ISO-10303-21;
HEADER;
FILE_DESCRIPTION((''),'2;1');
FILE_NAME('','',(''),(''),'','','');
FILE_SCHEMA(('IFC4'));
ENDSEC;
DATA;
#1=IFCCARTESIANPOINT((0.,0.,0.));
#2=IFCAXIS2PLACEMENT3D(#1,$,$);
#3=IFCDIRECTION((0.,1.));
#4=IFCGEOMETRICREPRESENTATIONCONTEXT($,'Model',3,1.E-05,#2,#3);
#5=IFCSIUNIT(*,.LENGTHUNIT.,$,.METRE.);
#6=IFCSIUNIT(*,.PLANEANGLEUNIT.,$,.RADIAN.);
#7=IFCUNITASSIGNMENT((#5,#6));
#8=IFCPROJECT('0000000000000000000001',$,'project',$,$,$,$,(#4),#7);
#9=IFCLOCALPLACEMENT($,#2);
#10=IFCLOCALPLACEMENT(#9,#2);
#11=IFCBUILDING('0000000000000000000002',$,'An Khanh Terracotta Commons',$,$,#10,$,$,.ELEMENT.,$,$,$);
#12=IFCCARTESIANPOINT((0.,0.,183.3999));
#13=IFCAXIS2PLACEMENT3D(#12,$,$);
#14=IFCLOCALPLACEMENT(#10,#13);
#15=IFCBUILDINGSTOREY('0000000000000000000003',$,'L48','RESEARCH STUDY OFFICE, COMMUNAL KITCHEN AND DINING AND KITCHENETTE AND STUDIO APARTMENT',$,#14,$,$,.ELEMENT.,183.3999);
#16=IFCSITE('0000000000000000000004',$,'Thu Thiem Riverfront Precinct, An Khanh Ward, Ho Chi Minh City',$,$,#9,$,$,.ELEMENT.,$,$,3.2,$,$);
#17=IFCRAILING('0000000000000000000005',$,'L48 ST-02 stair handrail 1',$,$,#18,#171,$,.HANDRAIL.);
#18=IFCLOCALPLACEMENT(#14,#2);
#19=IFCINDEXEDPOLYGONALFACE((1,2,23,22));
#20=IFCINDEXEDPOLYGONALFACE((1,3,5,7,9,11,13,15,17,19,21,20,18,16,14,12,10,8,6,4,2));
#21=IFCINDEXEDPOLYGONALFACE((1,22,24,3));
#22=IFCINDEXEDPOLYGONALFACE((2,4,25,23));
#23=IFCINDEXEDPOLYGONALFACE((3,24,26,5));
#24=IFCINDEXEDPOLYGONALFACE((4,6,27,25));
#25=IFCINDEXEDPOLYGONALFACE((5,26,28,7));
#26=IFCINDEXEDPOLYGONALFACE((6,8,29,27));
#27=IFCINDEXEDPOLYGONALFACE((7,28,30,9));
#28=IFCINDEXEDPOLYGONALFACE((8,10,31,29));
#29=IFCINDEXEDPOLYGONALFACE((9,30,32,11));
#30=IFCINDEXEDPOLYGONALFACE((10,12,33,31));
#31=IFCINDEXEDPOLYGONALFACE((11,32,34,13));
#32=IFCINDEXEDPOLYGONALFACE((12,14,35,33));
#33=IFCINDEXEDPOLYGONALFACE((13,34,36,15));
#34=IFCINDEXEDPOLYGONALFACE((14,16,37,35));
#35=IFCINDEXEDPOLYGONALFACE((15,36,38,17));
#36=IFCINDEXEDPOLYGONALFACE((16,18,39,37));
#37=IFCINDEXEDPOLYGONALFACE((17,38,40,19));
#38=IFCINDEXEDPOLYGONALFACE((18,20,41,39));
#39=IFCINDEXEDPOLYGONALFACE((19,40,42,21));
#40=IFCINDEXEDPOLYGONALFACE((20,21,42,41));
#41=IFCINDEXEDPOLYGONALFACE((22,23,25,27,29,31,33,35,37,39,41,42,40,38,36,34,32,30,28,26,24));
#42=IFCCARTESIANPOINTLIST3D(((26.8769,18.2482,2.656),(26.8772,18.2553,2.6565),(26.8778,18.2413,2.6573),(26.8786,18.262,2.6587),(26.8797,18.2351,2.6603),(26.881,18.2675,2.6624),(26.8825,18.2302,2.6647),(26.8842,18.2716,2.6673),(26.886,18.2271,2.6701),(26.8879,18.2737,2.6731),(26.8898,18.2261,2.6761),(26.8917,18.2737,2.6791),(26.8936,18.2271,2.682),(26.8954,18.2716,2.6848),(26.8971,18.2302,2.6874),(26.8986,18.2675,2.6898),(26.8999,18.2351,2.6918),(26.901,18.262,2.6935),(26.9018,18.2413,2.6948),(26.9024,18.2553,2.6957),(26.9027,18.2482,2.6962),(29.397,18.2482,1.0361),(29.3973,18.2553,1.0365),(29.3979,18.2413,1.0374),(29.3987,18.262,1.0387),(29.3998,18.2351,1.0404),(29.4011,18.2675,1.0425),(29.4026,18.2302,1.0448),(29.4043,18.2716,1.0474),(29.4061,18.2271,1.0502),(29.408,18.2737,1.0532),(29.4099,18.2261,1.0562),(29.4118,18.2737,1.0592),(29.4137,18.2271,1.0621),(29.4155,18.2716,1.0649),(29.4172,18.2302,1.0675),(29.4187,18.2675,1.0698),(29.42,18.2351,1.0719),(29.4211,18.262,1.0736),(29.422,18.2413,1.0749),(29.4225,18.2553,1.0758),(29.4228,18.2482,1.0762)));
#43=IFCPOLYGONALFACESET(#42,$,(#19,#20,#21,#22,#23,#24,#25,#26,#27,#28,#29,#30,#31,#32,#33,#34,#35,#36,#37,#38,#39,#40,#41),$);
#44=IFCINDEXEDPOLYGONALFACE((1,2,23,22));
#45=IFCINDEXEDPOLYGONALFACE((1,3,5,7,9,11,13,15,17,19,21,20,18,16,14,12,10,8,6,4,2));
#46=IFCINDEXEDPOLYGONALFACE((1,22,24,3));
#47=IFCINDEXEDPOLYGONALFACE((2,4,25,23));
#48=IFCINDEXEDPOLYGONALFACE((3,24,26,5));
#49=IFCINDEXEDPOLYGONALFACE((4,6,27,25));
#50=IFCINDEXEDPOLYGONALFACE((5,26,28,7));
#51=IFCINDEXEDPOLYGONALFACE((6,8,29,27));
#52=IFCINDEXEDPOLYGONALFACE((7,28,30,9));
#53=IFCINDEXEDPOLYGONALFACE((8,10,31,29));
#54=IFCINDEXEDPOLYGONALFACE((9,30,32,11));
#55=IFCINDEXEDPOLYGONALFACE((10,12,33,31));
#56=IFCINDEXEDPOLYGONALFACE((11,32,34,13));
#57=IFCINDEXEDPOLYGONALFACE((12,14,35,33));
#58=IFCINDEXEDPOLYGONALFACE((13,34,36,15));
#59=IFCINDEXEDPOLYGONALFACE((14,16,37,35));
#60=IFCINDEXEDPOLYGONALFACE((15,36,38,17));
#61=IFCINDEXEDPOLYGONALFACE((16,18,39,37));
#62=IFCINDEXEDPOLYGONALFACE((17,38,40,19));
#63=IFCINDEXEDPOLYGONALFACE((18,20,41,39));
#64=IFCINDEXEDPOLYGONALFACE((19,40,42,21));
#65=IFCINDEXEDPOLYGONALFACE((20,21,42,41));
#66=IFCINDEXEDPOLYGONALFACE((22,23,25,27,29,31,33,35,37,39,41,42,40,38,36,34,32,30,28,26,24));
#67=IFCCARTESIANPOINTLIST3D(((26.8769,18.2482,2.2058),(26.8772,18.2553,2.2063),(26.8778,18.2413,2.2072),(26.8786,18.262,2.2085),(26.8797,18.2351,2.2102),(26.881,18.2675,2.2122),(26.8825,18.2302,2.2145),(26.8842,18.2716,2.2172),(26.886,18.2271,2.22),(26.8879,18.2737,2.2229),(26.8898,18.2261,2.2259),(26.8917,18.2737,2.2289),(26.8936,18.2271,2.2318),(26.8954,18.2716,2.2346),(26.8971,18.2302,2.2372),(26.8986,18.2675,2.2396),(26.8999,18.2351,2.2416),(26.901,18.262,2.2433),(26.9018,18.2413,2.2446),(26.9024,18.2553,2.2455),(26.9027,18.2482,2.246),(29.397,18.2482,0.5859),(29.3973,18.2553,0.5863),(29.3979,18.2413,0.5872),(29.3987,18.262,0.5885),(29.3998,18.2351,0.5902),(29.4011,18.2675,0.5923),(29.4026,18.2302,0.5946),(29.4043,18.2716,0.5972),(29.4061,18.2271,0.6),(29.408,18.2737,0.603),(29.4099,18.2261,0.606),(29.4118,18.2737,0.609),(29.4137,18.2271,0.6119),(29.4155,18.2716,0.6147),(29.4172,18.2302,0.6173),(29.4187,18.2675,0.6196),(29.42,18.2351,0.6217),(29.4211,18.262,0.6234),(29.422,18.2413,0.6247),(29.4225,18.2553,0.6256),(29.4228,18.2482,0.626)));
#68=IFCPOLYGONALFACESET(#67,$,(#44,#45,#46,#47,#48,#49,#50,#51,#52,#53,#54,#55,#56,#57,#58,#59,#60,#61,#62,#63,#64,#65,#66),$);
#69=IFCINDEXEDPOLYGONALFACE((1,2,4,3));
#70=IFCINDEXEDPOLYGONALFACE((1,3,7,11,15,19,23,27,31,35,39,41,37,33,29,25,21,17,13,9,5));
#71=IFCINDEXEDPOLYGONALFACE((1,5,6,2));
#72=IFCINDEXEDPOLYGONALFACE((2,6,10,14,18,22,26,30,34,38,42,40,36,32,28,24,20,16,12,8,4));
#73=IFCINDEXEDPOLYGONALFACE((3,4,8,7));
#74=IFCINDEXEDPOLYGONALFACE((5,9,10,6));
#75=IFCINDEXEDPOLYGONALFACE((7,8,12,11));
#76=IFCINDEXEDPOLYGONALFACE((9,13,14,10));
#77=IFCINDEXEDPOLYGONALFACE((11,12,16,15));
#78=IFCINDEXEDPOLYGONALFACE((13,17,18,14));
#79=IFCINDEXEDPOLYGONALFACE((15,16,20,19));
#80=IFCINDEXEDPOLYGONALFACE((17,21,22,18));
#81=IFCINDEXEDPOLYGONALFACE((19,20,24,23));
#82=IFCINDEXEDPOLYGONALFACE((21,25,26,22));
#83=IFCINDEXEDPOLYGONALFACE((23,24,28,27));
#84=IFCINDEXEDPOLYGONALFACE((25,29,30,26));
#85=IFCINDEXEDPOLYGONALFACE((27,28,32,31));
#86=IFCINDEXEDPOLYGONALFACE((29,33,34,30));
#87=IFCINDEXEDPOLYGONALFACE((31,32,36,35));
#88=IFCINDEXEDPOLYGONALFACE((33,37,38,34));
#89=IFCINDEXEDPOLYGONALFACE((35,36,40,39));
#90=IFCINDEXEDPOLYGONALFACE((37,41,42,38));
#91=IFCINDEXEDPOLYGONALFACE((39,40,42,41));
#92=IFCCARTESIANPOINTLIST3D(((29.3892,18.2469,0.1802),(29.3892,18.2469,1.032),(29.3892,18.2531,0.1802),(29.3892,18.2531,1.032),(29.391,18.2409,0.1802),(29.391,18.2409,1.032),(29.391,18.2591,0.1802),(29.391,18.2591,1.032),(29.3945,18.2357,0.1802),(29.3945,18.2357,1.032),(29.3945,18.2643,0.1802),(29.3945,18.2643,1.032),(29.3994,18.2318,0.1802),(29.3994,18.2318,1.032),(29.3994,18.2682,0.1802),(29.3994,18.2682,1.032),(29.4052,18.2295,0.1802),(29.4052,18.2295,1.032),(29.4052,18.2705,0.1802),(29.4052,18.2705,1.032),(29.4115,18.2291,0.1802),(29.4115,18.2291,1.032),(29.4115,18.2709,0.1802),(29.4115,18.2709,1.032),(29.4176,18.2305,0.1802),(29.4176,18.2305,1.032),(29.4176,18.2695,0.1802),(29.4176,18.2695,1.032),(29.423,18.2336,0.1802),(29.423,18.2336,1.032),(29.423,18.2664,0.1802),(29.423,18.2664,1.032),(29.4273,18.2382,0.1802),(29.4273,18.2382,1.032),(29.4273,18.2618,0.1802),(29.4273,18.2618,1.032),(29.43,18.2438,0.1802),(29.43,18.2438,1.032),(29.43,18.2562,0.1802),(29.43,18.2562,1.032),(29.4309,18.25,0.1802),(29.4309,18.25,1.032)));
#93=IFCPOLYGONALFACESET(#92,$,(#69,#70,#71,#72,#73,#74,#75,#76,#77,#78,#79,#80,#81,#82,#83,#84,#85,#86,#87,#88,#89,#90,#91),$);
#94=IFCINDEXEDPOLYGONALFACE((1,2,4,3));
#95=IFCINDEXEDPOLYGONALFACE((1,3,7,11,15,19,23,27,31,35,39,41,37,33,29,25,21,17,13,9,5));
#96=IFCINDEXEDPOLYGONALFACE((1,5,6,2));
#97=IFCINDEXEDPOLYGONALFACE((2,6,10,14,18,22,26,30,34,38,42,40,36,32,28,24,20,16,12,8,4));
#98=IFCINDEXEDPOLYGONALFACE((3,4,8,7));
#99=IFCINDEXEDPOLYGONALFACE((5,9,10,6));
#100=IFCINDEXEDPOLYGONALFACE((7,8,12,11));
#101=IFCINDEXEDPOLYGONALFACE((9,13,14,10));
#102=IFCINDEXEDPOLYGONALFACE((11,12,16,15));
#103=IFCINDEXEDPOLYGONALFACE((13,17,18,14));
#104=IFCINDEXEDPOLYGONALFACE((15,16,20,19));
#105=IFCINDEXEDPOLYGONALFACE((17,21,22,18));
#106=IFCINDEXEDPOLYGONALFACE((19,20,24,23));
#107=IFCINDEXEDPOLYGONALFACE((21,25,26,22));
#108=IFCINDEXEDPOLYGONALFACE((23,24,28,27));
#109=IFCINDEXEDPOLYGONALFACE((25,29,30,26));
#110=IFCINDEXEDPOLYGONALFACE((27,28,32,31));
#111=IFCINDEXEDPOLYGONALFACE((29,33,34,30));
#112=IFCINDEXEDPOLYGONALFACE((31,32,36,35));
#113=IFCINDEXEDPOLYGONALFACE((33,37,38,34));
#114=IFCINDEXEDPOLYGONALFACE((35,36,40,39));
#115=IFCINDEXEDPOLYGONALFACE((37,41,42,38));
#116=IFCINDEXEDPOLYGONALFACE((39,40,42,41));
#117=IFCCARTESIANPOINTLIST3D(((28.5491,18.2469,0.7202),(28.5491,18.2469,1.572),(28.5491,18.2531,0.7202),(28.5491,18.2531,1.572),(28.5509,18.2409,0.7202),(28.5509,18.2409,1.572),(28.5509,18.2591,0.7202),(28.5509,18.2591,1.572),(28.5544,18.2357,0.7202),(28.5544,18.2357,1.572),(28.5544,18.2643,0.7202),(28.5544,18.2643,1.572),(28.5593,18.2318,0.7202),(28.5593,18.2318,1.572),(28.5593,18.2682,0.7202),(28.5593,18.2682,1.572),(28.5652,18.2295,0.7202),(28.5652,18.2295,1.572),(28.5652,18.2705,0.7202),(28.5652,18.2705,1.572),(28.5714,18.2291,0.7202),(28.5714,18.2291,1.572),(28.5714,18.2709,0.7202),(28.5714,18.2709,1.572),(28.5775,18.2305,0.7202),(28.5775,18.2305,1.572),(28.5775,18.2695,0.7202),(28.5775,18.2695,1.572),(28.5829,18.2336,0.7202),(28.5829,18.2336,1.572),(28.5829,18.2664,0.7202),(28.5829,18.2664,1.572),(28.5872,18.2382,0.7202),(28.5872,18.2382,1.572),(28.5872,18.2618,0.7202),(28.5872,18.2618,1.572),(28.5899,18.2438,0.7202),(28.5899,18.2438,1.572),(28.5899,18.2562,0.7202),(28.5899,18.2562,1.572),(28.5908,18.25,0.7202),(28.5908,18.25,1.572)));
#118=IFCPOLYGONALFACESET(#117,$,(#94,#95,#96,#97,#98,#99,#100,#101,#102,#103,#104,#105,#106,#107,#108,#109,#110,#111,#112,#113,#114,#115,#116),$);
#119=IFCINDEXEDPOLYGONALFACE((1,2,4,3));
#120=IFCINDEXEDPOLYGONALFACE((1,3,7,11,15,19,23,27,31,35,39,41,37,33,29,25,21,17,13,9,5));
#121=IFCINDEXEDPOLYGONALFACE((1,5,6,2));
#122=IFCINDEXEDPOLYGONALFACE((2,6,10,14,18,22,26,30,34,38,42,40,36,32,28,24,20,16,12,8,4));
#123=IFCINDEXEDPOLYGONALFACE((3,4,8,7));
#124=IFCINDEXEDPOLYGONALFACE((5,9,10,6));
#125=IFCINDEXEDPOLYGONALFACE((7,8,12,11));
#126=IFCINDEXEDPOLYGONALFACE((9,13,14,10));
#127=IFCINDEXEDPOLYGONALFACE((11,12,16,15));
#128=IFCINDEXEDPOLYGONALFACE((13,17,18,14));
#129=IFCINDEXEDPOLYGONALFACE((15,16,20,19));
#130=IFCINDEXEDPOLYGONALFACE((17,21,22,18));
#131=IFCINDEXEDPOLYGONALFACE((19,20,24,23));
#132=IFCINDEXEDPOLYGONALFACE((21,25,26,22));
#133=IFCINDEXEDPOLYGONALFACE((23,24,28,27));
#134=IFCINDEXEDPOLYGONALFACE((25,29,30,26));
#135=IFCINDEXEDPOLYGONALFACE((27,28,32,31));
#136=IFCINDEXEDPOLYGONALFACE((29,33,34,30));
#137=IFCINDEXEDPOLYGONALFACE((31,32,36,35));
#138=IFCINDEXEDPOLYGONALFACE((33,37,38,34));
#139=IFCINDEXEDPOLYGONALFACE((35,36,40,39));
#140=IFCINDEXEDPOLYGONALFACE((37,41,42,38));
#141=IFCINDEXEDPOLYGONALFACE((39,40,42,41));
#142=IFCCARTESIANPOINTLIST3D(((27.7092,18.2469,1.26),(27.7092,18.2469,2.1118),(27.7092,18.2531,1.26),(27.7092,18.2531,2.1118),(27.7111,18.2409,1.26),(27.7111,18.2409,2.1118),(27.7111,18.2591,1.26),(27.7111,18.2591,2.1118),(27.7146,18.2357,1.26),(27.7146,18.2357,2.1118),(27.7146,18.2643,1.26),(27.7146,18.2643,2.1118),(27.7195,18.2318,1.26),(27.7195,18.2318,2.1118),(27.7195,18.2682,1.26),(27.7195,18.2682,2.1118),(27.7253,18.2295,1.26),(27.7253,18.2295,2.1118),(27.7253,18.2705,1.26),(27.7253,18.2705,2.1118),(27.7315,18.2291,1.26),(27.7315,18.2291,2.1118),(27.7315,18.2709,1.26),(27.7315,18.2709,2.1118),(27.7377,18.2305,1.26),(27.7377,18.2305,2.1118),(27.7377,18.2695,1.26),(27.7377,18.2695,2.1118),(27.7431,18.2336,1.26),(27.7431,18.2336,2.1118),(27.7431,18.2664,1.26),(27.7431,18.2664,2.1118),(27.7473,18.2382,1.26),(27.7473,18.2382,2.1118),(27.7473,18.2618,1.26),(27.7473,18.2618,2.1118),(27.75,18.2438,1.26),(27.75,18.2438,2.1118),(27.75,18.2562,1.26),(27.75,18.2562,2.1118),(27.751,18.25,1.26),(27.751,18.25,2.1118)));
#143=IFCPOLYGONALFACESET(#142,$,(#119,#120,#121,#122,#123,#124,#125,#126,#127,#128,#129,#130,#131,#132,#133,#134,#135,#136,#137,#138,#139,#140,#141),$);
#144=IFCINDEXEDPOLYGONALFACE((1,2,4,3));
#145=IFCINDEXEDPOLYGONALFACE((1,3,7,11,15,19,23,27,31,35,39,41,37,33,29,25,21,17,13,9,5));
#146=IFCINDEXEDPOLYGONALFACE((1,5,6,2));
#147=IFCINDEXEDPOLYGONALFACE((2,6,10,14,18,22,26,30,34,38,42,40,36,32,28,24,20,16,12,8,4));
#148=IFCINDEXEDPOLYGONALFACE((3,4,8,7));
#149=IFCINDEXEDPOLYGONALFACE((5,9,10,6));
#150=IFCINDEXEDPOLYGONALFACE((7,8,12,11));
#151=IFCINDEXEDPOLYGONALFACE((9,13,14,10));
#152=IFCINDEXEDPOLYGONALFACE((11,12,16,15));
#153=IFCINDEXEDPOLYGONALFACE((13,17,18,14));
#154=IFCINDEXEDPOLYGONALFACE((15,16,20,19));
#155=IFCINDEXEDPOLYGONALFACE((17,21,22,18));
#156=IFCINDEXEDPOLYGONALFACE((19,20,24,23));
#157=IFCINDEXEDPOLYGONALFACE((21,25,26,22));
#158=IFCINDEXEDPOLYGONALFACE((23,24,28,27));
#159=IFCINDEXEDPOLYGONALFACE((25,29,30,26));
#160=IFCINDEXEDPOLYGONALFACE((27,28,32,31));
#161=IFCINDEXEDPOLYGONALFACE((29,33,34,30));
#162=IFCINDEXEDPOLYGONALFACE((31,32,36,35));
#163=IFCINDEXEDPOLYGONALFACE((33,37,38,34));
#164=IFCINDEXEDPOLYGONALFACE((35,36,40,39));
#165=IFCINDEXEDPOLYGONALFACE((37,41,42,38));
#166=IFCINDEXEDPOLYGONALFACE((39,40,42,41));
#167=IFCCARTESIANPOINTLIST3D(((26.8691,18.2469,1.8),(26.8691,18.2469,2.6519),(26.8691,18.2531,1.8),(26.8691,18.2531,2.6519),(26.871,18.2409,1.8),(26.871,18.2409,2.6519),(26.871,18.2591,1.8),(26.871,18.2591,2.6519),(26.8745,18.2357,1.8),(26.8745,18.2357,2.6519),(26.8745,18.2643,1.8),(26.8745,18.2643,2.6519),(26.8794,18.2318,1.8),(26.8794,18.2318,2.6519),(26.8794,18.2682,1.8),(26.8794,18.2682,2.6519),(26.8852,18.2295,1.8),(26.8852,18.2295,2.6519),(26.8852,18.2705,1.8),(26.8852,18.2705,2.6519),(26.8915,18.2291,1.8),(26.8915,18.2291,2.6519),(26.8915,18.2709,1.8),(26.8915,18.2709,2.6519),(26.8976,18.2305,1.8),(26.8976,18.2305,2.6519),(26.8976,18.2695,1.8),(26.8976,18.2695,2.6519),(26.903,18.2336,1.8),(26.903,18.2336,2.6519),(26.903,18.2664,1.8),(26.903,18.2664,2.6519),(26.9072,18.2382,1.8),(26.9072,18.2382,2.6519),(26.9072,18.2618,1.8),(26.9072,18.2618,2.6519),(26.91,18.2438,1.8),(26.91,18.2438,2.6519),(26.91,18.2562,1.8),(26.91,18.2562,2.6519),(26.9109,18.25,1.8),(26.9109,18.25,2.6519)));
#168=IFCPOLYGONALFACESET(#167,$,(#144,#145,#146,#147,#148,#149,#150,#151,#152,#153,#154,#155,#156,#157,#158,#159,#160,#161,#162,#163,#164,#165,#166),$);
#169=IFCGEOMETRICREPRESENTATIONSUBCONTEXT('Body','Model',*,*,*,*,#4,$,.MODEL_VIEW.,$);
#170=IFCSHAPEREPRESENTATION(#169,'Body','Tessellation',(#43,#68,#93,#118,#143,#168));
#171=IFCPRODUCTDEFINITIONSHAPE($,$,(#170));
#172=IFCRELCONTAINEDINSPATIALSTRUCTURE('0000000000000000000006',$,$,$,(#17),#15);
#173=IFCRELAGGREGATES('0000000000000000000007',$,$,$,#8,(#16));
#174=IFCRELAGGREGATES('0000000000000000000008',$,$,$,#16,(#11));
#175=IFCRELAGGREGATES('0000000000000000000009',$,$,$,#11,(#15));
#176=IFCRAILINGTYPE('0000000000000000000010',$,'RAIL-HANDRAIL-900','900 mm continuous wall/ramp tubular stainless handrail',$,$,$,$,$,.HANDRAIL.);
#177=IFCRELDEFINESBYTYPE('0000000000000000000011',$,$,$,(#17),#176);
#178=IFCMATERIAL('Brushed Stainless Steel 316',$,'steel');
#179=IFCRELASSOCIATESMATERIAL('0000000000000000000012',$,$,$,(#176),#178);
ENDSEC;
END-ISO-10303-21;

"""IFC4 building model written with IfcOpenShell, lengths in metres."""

from ifc_helpers import new_model, si_unit, direction, frame, origin, origin_2d, place, context, subcontext, project, spatial, circle, extrude, material, type_object, element, save


model = new_model("IFC4")

# Units and contexts
model_context = context("Model", 3, precision=1e-05, world=origin(), true_north=direction((0.0, 1.0)))
body_context = subcontext(model_context, "Body", "Model", "MODEL_VIEW")
ifc_project = project(units=[si_unit("LENGTHUNIT", "METRE"), si_unit("PLANEANGLEUNIT", "RADIAN")], contexts=[model_context])

# Site, building, storey
site_placement = place(None, origin())
site = spatial("IfcSite", under=ifc_project, at=site_placement, Name="Thu Thiem Riverfront Precinct, An Khanh Ward, Ho Chi Minh City", CompositionType="ELEMENT", RefElevation=3.2)
building_placement = place(site_placement, origin())
building = spatial("IfcBuilding", under=site, at=building_placement, Name="An Khanh Terracotta Commons", CompositionType="ELEMENT")
storey_placement = place(building_placement, frame((0.0, 0.0, 183.3999)))
storey = spatial("IfcBuildingStorey", under=building, at=storey_placement, Name="L48", Description="RESEARCH STUDY OFFICE, COMMUNAL KITCHEN AND DINING AND KITCHENETTE AND STUDIO APARTMENT", CompositionType="ELEMENT", Elevation=183.3999)

# Railing
ifc_material_1 = material(Name="Brushed Stainless Steel 316", Category="steel")
railing_type_1 = type_object("IfcRailingType", Name="RAIL-HANDRAIL-900", Description="900 mm continuous wall/ramp tubular stainless handrail", PredefinedType="HANDRAIL", material=ifc_material_1)
railing_1_placement = place(storey_placement, frame((29.4099, 18.25, 0.1802)))
element("IfcRailing", 1, at=railing_1_placement, inside=storey, type_object=railing_type_1, Name="L48 ST-02 stair handrail 1", PredefinedType="HANDRAIL", context=body_context, shape_type="SweptSolid", body=[
    extrude(circle(Radius=0.0239, at=origin_2d()), frame((0.0, 0.0, 0.876), z_axis=(-0.8412, 0.0, 0.540725), x_axis=(0.0, -1.0, 0.0)), (0.0, 0.0, 1.0), 2.9958),
    extrude(circle(Radius=0.0239, at=origin_2d()), frame((0.0, 0.0, 0.4258), z_axis=(-0.8412, 0.0, 0.540725), x_axis=(0.0, -1.0, 0.0)), (0.0, 0.0, 1.0), 2.9958),
    extrude(circle(Radius=0.021, at=origin_2d()), origin(), (0.0, 0.0, 1.0), 0.8518),
    extrude(circle(Radius=0.021, at=origin_2d()), frame((-0.8401, 0.0, 0.54)), (0.0, 0.0, 1.0), 0.8518),
    extrude(circle(Radius=0.021, at=origin_2d()), frame((-1.6799, 0.0, 1.0798)), (0.0, 0.0, 1.0), 0.8518),
    extrude(circle(Radius=0.021, at=origin_2d()), frame((-2.52, 0.0, 1.6199)), (0.0, 0.0, 1.0), 0.8518),
])

save(model, "model.ifc")
